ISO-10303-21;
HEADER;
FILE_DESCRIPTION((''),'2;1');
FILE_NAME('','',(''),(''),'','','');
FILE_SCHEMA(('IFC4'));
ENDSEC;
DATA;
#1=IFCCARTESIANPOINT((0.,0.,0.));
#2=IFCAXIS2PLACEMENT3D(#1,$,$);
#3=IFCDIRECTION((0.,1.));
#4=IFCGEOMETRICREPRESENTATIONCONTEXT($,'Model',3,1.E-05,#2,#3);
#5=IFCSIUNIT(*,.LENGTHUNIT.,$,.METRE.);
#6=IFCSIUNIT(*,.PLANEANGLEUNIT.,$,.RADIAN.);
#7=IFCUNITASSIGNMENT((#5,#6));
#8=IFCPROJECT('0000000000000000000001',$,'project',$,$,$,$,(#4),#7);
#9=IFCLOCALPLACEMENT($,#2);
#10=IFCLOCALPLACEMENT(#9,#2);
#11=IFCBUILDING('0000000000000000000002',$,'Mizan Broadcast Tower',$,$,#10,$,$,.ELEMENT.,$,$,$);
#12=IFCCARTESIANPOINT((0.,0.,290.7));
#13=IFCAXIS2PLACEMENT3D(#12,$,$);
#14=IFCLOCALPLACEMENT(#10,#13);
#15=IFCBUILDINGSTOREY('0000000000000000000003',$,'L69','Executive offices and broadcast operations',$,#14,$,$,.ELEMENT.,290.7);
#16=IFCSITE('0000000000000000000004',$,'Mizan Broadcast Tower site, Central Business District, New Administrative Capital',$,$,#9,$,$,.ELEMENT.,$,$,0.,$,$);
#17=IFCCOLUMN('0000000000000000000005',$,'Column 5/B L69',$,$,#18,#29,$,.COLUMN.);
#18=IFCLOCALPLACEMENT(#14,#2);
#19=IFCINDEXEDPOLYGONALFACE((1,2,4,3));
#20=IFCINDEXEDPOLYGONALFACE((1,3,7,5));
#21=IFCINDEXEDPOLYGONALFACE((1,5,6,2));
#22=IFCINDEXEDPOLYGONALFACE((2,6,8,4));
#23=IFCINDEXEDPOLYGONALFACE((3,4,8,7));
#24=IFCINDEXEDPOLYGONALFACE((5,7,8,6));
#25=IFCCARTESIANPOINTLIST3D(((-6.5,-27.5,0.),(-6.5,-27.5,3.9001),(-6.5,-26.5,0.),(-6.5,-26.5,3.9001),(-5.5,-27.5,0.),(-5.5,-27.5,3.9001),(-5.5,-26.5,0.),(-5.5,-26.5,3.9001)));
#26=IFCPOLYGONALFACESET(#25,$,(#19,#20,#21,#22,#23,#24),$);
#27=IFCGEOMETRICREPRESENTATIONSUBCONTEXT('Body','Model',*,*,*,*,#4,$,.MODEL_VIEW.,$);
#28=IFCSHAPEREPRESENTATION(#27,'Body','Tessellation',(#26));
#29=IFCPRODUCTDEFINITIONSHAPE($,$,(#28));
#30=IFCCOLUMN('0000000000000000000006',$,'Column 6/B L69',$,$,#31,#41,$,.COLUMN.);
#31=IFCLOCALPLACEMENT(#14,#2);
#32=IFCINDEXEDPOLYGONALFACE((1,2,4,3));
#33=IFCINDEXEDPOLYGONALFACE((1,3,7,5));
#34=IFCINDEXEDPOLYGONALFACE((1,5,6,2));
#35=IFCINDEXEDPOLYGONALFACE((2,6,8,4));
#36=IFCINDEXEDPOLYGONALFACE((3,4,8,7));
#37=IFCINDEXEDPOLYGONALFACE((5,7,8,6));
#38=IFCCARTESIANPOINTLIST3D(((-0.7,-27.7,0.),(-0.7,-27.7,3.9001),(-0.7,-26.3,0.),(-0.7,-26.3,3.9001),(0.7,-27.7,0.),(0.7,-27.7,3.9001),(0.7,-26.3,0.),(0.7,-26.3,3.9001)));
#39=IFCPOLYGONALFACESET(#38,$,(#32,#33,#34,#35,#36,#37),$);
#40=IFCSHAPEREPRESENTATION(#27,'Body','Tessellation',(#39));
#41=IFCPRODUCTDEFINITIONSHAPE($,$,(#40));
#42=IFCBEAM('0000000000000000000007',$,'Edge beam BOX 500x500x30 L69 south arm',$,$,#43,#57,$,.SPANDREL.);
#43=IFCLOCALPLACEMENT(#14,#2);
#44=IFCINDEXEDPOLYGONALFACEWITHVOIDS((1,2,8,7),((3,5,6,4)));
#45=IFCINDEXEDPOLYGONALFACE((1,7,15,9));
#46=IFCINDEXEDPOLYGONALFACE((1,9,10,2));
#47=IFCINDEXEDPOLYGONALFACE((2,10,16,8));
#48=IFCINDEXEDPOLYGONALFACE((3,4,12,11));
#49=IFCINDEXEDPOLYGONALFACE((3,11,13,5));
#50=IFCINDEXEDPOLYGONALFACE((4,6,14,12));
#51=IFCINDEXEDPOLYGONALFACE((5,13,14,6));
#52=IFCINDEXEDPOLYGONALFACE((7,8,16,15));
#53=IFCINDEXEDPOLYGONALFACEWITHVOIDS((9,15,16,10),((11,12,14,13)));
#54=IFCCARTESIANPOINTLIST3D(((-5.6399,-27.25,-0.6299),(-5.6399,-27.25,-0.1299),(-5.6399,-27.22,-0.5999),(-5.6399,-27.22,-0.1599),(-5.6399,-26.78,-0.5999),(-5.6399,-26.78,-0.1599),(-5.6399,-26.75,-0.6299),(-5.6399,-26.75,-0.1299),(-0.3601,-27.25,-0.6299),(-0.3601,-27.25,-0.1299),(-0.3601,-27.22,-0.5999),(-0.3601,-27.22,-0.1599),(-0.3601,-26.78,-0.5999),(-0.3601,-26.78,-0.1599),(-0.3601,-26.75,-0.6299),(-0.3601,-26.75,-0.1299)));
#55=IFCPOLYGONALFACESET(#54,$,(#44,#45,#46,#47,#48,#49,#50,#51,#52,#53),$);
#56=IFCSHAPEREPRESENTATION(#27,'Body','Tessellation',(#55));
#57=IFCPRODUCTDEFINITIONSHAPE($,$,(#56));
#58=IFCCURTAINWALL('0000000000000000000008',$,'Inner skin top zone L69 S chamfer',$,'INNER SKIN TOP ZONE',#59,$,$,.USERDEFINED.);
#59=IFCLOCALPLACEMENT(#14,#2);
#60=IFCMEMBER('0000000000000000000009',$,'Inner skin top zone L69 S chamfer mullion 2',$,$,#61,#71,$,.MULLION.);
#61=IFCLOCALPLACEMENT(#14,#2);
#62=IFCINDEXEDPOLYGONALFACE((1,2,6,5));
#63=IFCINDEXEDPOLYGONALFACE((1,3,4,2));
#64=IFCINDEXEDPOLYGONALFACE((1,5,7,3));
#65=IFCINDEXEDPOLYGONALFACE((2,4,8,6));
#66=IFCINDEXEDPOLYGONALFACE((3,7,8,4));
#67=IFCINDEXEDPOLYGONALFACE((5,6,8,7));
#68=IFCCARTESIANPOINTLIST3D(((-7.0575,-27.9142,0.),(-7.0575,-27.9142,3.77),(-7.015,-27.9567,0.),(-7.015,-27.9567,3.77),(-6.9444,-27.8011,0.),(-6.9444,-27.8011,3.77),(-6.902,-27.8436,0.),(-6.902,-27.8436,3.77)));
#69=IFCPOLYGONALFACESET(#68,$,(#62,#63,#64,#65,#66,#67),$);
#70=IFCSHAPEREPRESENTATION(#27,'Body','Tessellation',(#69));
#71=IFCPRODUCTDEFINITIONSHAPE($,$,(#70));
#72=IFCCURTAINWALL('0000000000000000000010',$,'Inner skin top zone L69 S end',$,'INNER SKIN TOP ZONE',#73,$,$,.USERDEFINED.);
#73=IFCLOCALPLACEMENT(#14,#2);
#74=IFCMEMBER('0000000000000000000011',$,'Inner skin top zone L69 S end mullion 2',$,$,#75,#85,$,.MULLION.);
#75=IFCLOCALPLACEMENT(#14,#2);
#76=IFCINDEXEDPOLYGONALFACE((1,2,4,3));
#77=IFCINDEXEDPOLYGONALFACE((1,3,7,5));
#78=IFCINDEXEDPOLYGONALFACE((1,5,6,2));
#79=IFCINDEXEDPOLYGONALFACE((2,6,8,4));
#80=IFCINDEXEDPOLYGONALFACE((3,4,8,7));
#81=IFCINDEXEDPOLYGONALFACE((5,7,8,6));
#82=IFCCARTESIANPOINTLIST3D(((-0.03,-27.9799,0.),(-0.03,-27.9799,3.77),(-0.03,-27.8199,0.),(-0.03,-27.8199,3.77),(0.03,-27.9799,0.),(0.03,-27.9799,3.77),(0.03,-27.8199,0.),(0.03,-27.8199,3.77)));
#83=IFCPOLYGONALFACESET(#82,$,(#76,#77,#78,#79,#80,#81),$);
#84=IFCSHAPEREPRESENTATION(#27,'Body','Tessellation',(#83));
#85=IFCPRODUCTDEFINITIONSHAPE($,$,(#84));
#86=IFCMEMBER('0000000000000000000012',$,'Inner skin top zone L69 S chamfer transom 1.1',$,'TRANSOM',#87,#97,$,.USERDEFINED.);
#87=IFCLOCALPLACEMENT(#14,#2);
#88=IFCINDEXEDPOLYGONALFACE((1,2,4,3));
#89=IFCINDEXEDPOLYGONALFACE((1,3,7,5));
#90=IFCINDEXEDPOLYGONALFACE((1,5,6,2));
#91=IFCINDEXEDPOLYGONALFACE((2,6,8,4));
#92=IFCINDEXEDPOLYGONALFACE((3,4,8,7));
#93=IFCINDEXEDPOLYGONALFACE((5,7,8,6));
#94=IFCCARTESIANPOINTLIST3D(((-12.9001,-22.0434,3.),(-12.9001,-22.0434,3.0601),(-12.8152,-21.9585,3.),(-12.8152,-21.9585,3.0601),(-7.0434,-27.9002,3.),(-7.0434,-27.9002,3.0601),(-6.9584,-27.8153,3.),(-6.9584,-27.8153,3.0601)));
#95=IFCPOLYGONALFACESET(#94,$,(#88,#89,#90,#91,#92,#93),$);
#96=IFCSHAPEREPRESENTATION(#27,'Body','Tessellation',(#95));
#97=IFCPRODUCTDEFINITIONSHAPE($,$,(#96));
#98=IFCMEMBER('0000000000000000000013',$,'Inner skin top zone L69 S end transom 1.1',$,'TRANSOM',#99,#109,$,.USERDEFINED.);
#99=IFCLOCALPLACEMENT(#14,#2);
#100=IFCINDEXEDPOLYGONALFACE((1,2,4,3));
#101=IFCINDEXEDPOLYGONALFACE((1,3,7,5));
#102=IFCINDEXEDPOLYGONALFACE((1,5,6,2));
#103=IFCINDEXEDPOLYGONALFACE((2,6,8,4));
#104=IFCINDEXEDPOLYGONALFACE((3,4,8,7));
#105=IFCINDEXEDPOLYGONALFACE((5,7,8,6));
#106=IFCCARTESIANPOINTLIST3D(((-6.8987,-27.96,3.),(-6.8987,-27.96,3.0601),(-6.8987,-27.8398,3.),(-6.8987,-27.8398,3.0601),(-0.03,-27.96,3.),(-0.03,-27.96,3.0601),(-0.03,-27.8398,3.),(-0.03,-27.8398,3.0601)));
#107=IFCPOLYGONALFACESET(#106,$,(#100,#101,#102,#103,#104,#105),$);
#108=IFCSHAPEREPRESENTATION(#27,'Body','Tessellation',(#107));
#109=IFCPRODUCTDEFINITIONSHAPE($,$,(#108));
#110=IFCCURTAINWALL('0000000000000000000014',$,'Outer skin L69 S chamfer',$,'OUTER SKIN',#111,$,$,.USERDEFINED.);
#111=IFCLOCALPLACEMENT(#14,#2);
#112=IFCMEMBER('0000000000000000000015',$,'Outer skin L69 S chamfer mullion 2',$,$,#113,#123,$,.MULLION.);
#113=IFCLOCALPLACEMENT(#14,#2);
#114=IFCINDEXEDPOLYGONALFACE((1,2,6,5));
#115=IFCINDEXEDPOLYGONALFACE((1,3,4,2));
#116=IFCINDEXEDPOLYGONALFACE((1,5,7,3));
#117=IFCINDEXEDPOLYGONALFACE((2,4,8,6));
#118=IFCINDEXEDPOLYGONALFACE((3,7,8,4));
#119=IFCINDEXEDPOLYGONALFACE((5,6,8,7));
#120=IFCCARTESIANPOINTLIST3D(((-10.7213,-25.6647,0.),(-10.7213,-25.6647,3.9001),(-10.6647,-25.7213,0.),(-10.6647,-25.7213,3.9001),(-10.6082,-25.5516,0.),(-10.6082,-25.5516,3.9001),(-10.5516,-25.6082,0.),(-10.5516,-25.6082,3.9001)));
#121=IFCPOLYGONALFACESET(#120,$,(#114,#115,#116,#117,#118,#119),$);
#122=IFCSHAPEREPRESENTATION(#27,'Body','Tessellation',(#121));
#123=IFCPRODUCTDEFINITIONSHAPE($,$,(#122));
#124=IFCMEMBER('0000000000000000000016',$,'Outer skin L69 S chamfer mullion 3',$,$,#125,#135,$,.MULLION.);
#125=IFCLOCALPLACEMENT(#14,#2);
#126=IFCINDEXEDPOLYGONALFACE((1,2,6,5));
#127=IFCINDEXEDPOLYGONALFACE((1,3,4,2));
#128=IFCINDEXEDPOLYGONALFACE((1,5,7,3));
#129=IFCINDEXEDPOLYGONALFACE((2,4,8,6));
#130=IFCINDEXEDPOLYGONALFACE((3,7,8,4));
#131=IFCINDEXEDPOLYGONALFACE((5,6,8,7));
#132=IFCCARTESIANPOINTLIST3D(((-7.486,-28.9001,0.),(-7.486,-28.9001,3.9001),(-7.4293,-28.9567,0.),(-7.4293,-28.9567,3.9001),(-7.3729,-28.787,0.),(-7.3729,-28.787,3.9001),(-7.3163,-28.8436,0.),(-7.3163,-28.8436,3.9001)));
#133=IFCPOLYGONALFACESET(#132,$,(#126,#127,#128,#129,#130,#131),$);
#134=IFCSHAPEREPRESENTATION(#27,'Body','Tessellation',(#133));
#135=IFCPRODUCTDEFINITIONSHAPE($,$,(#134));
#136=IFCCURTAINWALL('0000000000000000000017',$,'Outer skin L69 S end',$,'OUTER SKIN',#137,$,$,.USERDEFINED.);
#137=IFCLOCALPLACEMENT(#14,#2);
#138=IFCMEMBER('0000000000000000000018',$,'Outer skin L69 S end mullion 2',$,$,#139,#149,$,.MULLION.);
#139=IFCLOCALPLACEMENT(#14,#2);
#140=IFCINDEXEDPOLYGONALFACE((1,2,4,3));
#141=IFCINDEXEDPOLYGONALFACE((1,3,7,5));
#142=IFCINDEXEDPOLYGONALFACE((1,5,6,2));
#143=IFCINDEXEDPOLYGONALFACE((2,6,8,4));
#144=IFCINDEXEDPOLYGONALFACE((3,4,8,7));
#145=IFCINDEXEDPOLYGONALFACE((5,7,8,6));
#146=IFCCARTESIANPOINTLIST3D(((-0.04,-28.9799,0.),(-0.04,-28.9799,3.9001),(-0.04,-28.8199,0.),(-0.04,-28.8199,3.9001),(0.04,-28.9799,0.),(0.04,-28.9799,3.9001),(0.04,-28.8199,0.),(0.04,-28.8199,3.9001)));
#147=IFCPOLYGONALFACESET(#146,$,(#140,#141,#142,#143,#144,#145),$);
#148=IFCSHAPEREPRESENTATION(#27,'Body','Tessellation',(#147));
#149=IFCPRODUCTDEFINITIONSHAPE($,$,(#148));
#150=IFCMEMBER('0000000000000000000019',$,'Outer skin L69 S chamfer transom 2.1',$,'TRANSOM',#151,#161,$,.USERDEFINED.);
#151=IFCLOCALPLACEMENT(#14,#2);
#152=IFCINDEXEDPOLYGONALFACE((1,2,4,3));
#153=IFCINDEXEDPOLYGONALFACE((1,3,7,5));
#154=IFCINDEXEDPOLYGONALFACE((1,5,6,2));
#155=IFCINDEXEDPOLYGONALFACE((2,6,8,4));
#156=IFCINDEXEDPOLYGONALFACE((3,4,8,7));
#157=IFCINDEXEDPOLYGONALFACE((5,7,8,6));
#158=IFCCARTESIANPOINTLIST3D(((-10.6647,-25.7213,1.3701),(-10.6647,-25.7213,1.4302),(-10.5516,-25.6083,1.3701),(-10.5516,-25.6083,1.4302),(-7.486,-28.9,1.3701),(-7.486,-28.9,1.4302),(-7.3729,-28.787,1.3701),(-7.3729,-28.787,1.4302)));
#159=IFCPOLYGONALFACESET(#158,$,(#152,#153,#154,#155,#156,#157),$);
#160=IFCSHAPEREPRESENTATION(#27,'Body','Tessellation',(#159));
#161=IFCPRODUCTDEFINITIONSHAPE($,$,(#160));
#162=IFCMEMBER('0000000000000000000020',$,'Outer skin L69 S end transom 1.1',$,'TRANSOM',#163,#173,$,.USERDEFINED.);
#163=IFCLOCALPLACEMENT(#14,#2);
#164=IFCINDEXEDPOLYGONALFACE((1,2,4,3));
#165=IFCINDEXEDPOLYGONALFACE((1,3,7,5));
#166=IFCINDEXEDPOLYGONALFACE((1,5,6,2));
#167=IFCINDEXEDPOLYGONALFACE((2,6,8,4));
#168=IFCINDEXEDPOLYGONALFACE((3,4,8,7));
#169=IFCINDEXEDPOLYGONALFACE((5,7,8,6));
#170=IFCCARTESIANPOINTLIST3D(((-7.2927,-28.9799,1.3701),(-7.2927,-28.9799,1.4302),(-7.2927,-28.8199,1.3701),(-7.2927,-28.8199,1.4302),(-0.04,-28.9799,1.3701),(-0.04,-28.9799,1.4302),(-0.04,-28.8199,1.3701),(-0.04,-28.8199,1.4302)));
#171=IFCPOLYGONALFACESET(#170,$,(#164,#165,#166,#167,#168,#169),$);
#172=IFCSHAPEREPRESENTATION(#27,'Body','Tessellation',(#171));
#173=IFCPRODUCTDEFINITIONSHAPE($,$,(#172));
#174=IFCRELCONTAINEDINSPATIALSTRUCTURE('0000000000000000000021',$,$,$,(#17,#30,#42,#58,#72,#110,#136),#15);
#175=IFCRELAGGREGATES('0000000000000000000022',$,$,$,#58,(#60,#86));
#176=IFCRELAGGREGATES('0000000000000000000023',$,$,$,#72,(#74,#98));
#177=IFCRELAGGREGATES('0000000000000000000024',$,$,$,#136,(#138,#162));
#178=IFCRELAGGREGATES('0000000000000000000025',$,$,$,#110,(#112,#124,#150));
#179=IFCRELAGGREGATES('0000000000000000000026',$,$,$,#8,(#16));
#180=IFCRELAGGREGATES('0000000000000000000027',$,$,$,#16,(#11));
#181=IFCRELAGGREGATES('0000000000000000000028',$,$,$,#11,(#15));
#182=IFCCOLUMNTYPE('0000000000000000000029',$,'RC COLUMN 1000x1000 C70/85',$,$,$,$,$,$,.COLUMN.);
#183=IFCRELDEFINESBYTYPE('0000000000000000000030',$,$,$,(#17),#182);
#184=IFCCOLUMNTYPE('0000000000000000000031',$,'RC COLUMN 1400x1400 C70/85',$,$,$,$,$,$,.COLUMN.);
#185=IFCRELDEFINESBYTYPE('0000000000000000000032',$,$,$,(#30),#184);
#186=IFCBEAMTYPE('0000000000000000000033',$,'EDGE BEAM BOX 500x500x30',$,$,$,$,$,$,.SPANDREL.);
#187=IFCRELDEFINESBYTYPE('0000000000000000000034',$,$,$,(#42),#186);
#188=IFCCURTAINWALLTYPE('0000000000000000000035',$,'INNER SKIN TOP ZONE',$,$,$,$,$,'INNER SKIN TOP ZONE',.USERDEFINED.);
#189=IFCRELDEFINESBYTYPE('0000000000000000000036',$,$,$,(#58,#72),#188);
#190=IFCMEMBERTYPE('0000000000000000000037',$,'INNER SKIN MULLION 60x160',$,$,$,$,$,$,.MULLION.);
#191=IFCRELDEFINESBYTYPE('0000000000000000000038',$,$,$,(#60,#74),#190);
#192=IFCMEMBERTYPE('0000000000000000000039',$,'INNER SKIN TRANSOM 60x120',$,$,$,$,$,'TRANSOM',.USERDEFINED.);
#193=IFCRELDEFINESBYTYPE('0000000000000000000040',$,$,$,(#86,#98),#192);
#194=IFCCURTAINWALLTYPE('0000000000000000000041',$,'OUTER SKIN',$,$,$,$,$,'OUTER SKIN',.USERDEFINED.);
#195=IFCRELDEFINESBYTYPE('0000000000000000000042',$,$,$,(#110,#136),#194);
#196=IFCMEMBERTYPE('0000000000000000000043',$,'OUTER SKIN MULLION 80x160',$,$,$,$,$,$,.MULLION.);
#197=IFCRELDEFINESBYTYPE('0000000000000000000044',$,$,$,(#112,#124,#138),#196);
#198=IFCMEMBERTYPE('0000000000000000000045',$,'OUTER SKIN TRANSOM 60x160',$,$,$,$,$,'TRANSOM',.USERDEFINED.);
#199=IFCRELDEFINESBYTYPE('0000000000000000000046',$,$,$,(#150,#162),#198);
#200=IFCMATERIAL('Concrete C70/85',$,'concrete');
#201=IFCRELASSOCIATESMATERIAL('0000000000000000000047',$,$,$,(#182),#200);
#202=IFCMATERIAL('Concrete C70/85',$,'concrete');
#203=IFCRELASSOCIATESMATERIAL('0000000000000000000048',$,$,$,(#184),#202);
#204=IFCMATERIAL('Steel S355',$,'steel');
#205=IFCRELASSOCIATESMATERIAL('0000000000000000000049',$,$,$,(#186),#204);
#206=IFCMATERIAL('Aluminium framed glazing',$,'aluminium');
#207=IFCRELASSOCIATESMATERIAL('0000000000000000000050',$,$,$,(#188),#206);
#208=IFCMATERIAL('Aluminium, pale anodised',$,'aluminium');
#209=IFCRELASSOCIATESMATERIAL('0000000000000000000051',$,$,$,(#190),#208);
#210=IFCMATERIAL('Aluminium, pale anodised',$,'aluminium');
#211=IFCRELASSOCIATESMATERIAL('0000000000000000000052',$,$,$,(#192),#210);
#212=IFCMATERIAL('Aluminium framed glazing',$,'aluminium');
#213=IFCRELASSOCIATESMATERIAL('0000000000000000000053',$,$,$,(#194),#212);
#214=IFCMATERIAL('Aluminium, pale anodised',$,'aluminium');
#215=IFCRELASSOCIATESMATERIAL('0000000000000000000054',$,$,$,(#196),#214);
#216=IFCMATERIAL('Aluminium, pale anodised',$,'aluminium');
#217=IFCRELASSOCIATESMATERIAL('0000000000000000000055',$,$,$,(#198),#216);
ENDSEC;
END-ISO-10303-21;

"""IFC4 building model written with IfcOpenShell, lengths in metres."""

from ifc_helpers import new_model, si_unit, direction, frame, origin, origin_2d, place, context, subcontext, project, spatial, rectangle, hollow_rectangle, extrude, material, material_profile, profile_set, type_object, element, aggregate, save


model = new_model("IFC4")

# Units and contexts
model_context = context("Model", 3, precision=1e-05, world=origin(), true_north=direction((0.0, 1.0)))
body_context = subcontext(model_context, "Body", "Model", "MODEL_VIEW")
ifc_project = project(units=[si_unit("LENGTHUNIT", "METRE"), si_unit("PLANEANGLEUNIT", "RADIAN")], contexts=[model_context])

# Site, building, storey
site_placement = place(None, origin())
site = spatial("IfcSite", under=ifc_project, at=site_placement, Name="Mizan Broadcast Tower site, Central Business District, New Administrative Capital", CompositionType="ELEMENT", RefElevation=0.0)
building_placement = place(site_placement, origin())
building = spatial("IfcBuilding", under=site, at=building_placement, Name="Mizan Broadcast Tower", CompositionType="ELEMENT")
storey_placement = place(building_placement, frame((0.0, 0.0, 290.7)))
storey = spatial("IfcBuildingStorey", under=building, at=storey_placement, Name="L69", Description="Executive offices and broadcast operations", CompositionType="ELEMENT", Elevation=290.7)

# Columns
ifc_material_1 = material(Name="Concrete C70/85", Category="concrete")
ifc_material_profile_1 = material_profile(ifc_material_1, rectangle(XDim=1.0, YDim=1.0, at=origin_2d()), Name="RC 1000x1000")
ifc_profile_set_1 = profile_set([ifc_material_profile_1], Name="Concrete C70/85")
column_type_1 = type_object("IfcColumnType", Name="RC COLUMN 1000x1000 C70/85", PredefinedType="COLUMN", material=ifc_profile_set_1)
column_1_placement = place(storey_placement, frame((-6.0, -27.0, 0.0), z_axis=(0.0, 0.0, 1.0), x_axis=(1.0, 0.0, 0.0)))
element("IfcColumn", 1, at=column_1_placement, inside=storey, type_object=column_type_1, Name="Column 5/B L69", PredefinedType="COLUMN", context=body_context, shape_type="SweptSolid", body=[
    extrude(rectangle(XDim=1.0, YDim=1.0, at=origin_2d()), origin(), (0.0, 0.0, 1.0), 3.9001),
])
ifc_material_2 = material(Name="Concrete C70/85", Category="concrete")
ifc_material_profile_2 = material_profile(ifc_material_2, rectangle(XDim=1.3999, YDim=1.3999, at=origin_2d()), Name="RC 1400x1400")
ifc_profile_set_2 = profile_set([ifc_material_profile_2], Name="Concrete C70/85")
column_type_2 = type_object("IfcColumnType", Name="RC COLUMN 1400x1400 C70/85", PredefinedType="COLUMN", material=ifc_profile_set_2)
column_2_placement = place(storey_placement, frame((0.0, -27.0, 0.0), z_axis=(0.0, 0.0, 1.0), x_axis=(1.0, 0.0, 0.0)))
element("IfcColumn", 2, at=column_2_placement, inside=storey, type_object=column_type_2, Name="Column 6/B L69", PredefinedType="COLUMN", context=body_context, shape_type="SweptSolid", body=[
    extrude(rectangle(XDim=1.3999, YDim=1.3999, at=origin_2d()), origin(), (0.0, 0.0, 1.0), 3.9001),
])

# Beam
ifc_material_3 = material(Name="Steel S355", Category="steel")
ifc_material_profile_3 = material_profile(ifc_material_3, hollow_rectangle(XDim=0.5, YDim=0.5, WallThickness=0.03, at=origin_2d()), Name="BOX 500x500x30")
ifc_profile_set_3 = profile_set([ifc_material_profile_3], Name="Steel S355")
beam_type_1 = type_object("IfcBeamType", Name="EDGE BEAM BOX 500x500x30", PredefinedType="SPANDREL", material=ifc_profile_set_3)
beam_1_placement = place(storey_placement, frame((-5.6399, -27.0, -0.3799), z_axis=(1.0, 0.0, 0.0), x_axis=(0.0, 1.0, 0.0)))
element("IfcBeam", 3, at=beam_1_placement, inside=storey, type_object=beam_type_1, Name="Edge beam BOX 500x500x30 L69 south arm", PredefinedType="SPANDREL", context=body_context, shape_type="SweptSolid", body=[
    extrude(hollow_rectangle(XDim=0.5, YDim=0.5, WallThickness=0.03, at=origin_2d()), origin(), (0.0, 0.0, 1.0), 5.2798),
])

# Curtain walls, members
ifc_material_4 = material(Name="Aluminium framed glazing", Category="aluminium")
curtain_wall_type_1 = type_object("IfcCurtainWallType", Name="INNER SKIN TOP ZONE", ElementType="INNER SKIN TOP ZONE", PredefinedType="USERDEFINED", material=ifc_material_4)
curtain_wall_1_placement = place(storey_placement, origin())
curtain_wall_1 = element("IfcCurtainWall", 4, at=curtain_wall_1_placement, inside=storey, type_object=curtain_wall_type_1, Name="Inner skin top zone L69 S chamfer", ObjectType="INNER SKIN TOP ZONE", PredefinedType="USERDEFINED")
ifc_material_5 = material(Name="Aluminium, pale anodised", Category="aluminium")
ifc_material_profile_4 = material_profile(ifc_material_5, rectangle(XDim=0.1599, YDim=0.0601, at=origin_2d()), Name="MULLION 160x60")
ifc_profile_set_4 = profile_set([ifc_material_profile_4], Name="Aluminium, pale anodised")
member_type_1 = type_object("IfcMemberType", Name="INNER SKIN MULLION 60x160", PredefinedType="MULLION", material=ifc_profile_set_4)
member_1_placement = place(storey_placement, frame((-6.9797, -27.8789, 0.0), z_axis=(0.0, 0.0, 1.0), x_axis=(0.707107, 0.707107, 0.0)))
member_1 = element("IfcMember", 5, at=member_1_placement, type_object=member_type_1, Name="Inner skin top zone L69 S chamfer mullion 2", PredefinedType="MULLION", context=body_context, shape_type="SweptSolid", body=[
    extrude(rectangle(XDim=0.1599, YDim=0.0601, at=origin_2d()), origin(), (0.0, 0.0, 1.0), 3.77),
])
curtain_wall_2_placement = place(storey_placement, origin())
curtain_wall_2 = element("IfcCurtainWall", 6, at=curtain_wall_2_placement, inside=storey, type_object=curtain_wall_type_1, Name="Inner skin top zone L69 S end", ObjectType="INNER SKIN TOP ZONE", PredefinedType="USERDEFINED")
member_2_placement = place(storey_placement, frame((0.0, -27.8999, 0.0), z_axis=(0.0, 0.0, 1.0), x_axis=(0.0, 1.0, 0.0)))
member_2 = element("IfcMember", 7, at=member_2_placement, type_object=member_type_1, Name="Inner skin top zone L69 S end mullion 2", PredefinedType="MULLION", context=body_context, shape_type="SweptSolid", body=[
    extrude(rectangle(XDim=0.1599, YDim=0.0601, at=origin_2d()), origin(), (0.0, 0.0, 1.0), 3.77),
])

# Members
ifc_material_6 = material(Name="Aluminium, pale anodised", Category="aluminium")
ifc_material_profile_5 = material_profile(ifc_material_6, rectangle(XDim=0.1201, YDim=0.0601, at=origin_2d()), Name="TRANSOM 120x60")
ifc_profile_set_5 = profile_set([ifc_material_profile_5], Name="Aluminium, pale anodised")
member_type_2 = type_object("IfcMemberType", Name="INNER SKIN TRANSOM 60x120", ElementType="TRANSOM", PredefinedType="USERDEFINED", material=ifc_profile_set_5)
member_3_placement = place(storey_placement, frame((-12.8577, -22.001, 3.03), z_axis=(0.707107, -0.707107, 0.0), x_axis=(0.707107, 0.707107, 0.0)))
member_3 = element("IfcMember", 8, at=member_3_placement, type_object=member_type_2, Name="Inner skin top zone L69 S chamfer transom 1.1", ObjectType="TRANSOM", PredefinedType="USERDEFINED", context=body_context, shape_type="SweptSolid", body=[
    extrude(rectangle(XDim=0.1201, YDim=0.0601, at=origin_2d()), origin(), (0.0, 0.0, 1.0), 8.2827),
])
member_4_placement = place(storey_placement, frame((-6.8987, -27.8999, 3.03), z_axis=(1.0, 0.0, 0.0), x_axis=(0.0, 1.0, 0.0)))
member_4 = element("IfcMember", 9, at=member_4_placement, type_object=member_type_2, Name="Inner skin top zone L69 S end transom 1.1", ObjectType="TRANSOM", PredefinedType="USERDEFINED", context=body_context, shape_type="SweptSolid", body=[
    extrude(rectangle(XDim=0.1201, YDim=0.0601, at=origin_2d()), origin(), (0.0, 0.0, 1.0), 6.8687),
])

# Curtain wall, members
ifc_material_7 = material(Name="Aluminium framed glazing", Category="aluminium")
curtain_wall_type_2 = type_object("IfcCurtainWallType", Name="OUTER SKIN", ElementType="OUTER SKIN", PredefinedType="USERDEFINED", material=ifc_material_7)
curtain_wall_3_placement = place(storey_placement, origin())
curtain_wall_3 = element("IfcCurtainWall", 10, at=curtain_wall_3_placement, inside=storey, type_object=curtain_wall_type_2, Name="Outer skin L69 S chamfer", ObjectType="OUTER SKIN", PredefinedType="USERDEFINED")
ifc_material_8 = material(Name="Aluminium, pale anodised", Category="aluminium")
ifc_material_profile_6 = material_profile(ifc_material_8, rectangle(XDim=0.1599, YDim=0.0801, at=origin_2d()), Name="MULLION 160x80")
ifc_profile_set_6 = profile_set([ifc_material_profile_6], Name="Aluminium, pale anodised")
member_type_3 = type_object("IfcMemberType", Name="OUTER SKIN MULLION 80x160", PredefinedType="MULLION", material=ifc_profile_set_6)
member_5_placement = place(storey_placement, frame((-10.6365, -25.6365, 0.0), z_axis=(0.0, 0.0, 1.0), x_axis=(0.707107, 0.707107, 0.0)))
member_5 = element("IfcMember", 11, at=member_5_placement, type_object=member_type_3, Name="Outer skin L69 S chamfer mullion 2", PredefinedType="MULLION", context=body_context, shape_type="SweptSolid", body=[
    extrude(rectangle(XDim=0.1599, YDim=0.0801, at=origin_2d()), origin(), (0.0, 0.0, 1.0), 3.9001),
])
member_6_placement = place(storey_placement, frame((-7.4011, -28.8718, 0.0), z_axis=(0.0, 0.0, 1.0), x_axis=(0.707107, 0.707107, 0.0)))
member_6 = element("IfcMember", 12, at=member_6_placement, type_object=member_type_3, Name="Outer skin L69 S chamfer mullion 3", PredefinedType="MULLION", context=body_context, shape_type="SweptSolid", body=[
    extrude(rectangle(XDim=0.1599, YDim=0.0801, at=origin_2d()), origin(), (0.0, 0.0, 1.0), 3.9001),
])

# Curtain wall, member
curtain_wall_4_placement = place(storey_placement, origin())
curtain_wall_4 = element("IfcCurtainWall", 13, at=curtain_wall_4_placement, inside=storey, type_object=curtain_wall_type_2, Name="Outer skin L69 S end", ObjectType="OUTER SKIN", PredefinedType="USERDEFINED")
member_7_placement = place(storey_placement, frame((0.0, -28.8999, 0.0), z_axis=(0.0, 0.0, 1.0), x_axis=(0.0, 1.0, 0.0)))
member_7 = element("IfcMember", 14, at=member_7_placement, type_object=member_type_3, Name="Outer skin L69 S end mullion 2", PredefinedType="MULLION", context=body_context, shape_type="SweptSolid", body=[
    extrude(rectangle(XDim=0.1599, YDim=0.0801, at=origin_2d()), origin(), (0.0, 0.0, 1.0), 3.9001),
])

# Members
ifc_material_9 = material(Name="Aluminium, pale anodised", Category="aluminium")
ifc_material_profile_7 = material_profile(ifc_material_9, rectangle(XDim=0.1599, YDim=0.0601, at=origin_2d()), Name="TRANSOM 160x60")
ifc_profile_set_7 = profile_set([ifc_material_profile_7], Name="Aluminium, pale anodised")
member_type_4 = type_object("IfcMemberType", Name="OUTER SKIN TRANSOM 60x160", ElementType="TRANSOM", PredefinedType="USERDEFINED", material=ifc_profile_set_7)
member_8_placement = place(storey_placement, frame((-10.6082, -25.6648, 1.4001), z_axis=(0.707107, -0.707107, 0.0), x_axis=(0.707107, 0.707107, 0.0)))
member_8 = element("IfcMember", 15, at=member_8_placement, type_object=member_type_4, Name="Outer skin L69 S chamfer transom 2.1", ObjectType="TRANSOM", PredefinedType="USERDEFINED", context=body_context, shape_type="SweptSolid", body=[
    extrude(rectangle(XDim=0.1599, YDim=0.0601, at=origin_2d()), origin(), (0.0, 0.0, 1.0), 4.4954),
])
member_9_placement = place(storey_placement, frame((-7.2927, -28.8999, 1.4001), z_axis=(1.0, 0.0, 0.0), x_axis=(0.0, 1.0, 0.0)))
member_9 = element("IfcMember", 16, at=member_9_placement, type_object=member_type_4, Name="Outer skin L69 S end transom 1.1", ObjectType="TRANSOM", PredefinedType="USERDEFINED", context=body_context, shape_type="SweptSolid", body=[
    extrude(rectangle(XDim=0.1599, YDim=0.0601, at=origin_2d()), origin(), (0.0, 0.0, 1.0), 7.2527),
])

aggregate(curtain_wall_1, [member_1, member_3])
aggregate(curtain_wall_2, [member_2, member_4])
aggregate(curtain_wall_4, [member_7, member_9])
aggregate(curtain_wall_3, [member_5, member_6, member_8])

save(model, "model.ifc")
